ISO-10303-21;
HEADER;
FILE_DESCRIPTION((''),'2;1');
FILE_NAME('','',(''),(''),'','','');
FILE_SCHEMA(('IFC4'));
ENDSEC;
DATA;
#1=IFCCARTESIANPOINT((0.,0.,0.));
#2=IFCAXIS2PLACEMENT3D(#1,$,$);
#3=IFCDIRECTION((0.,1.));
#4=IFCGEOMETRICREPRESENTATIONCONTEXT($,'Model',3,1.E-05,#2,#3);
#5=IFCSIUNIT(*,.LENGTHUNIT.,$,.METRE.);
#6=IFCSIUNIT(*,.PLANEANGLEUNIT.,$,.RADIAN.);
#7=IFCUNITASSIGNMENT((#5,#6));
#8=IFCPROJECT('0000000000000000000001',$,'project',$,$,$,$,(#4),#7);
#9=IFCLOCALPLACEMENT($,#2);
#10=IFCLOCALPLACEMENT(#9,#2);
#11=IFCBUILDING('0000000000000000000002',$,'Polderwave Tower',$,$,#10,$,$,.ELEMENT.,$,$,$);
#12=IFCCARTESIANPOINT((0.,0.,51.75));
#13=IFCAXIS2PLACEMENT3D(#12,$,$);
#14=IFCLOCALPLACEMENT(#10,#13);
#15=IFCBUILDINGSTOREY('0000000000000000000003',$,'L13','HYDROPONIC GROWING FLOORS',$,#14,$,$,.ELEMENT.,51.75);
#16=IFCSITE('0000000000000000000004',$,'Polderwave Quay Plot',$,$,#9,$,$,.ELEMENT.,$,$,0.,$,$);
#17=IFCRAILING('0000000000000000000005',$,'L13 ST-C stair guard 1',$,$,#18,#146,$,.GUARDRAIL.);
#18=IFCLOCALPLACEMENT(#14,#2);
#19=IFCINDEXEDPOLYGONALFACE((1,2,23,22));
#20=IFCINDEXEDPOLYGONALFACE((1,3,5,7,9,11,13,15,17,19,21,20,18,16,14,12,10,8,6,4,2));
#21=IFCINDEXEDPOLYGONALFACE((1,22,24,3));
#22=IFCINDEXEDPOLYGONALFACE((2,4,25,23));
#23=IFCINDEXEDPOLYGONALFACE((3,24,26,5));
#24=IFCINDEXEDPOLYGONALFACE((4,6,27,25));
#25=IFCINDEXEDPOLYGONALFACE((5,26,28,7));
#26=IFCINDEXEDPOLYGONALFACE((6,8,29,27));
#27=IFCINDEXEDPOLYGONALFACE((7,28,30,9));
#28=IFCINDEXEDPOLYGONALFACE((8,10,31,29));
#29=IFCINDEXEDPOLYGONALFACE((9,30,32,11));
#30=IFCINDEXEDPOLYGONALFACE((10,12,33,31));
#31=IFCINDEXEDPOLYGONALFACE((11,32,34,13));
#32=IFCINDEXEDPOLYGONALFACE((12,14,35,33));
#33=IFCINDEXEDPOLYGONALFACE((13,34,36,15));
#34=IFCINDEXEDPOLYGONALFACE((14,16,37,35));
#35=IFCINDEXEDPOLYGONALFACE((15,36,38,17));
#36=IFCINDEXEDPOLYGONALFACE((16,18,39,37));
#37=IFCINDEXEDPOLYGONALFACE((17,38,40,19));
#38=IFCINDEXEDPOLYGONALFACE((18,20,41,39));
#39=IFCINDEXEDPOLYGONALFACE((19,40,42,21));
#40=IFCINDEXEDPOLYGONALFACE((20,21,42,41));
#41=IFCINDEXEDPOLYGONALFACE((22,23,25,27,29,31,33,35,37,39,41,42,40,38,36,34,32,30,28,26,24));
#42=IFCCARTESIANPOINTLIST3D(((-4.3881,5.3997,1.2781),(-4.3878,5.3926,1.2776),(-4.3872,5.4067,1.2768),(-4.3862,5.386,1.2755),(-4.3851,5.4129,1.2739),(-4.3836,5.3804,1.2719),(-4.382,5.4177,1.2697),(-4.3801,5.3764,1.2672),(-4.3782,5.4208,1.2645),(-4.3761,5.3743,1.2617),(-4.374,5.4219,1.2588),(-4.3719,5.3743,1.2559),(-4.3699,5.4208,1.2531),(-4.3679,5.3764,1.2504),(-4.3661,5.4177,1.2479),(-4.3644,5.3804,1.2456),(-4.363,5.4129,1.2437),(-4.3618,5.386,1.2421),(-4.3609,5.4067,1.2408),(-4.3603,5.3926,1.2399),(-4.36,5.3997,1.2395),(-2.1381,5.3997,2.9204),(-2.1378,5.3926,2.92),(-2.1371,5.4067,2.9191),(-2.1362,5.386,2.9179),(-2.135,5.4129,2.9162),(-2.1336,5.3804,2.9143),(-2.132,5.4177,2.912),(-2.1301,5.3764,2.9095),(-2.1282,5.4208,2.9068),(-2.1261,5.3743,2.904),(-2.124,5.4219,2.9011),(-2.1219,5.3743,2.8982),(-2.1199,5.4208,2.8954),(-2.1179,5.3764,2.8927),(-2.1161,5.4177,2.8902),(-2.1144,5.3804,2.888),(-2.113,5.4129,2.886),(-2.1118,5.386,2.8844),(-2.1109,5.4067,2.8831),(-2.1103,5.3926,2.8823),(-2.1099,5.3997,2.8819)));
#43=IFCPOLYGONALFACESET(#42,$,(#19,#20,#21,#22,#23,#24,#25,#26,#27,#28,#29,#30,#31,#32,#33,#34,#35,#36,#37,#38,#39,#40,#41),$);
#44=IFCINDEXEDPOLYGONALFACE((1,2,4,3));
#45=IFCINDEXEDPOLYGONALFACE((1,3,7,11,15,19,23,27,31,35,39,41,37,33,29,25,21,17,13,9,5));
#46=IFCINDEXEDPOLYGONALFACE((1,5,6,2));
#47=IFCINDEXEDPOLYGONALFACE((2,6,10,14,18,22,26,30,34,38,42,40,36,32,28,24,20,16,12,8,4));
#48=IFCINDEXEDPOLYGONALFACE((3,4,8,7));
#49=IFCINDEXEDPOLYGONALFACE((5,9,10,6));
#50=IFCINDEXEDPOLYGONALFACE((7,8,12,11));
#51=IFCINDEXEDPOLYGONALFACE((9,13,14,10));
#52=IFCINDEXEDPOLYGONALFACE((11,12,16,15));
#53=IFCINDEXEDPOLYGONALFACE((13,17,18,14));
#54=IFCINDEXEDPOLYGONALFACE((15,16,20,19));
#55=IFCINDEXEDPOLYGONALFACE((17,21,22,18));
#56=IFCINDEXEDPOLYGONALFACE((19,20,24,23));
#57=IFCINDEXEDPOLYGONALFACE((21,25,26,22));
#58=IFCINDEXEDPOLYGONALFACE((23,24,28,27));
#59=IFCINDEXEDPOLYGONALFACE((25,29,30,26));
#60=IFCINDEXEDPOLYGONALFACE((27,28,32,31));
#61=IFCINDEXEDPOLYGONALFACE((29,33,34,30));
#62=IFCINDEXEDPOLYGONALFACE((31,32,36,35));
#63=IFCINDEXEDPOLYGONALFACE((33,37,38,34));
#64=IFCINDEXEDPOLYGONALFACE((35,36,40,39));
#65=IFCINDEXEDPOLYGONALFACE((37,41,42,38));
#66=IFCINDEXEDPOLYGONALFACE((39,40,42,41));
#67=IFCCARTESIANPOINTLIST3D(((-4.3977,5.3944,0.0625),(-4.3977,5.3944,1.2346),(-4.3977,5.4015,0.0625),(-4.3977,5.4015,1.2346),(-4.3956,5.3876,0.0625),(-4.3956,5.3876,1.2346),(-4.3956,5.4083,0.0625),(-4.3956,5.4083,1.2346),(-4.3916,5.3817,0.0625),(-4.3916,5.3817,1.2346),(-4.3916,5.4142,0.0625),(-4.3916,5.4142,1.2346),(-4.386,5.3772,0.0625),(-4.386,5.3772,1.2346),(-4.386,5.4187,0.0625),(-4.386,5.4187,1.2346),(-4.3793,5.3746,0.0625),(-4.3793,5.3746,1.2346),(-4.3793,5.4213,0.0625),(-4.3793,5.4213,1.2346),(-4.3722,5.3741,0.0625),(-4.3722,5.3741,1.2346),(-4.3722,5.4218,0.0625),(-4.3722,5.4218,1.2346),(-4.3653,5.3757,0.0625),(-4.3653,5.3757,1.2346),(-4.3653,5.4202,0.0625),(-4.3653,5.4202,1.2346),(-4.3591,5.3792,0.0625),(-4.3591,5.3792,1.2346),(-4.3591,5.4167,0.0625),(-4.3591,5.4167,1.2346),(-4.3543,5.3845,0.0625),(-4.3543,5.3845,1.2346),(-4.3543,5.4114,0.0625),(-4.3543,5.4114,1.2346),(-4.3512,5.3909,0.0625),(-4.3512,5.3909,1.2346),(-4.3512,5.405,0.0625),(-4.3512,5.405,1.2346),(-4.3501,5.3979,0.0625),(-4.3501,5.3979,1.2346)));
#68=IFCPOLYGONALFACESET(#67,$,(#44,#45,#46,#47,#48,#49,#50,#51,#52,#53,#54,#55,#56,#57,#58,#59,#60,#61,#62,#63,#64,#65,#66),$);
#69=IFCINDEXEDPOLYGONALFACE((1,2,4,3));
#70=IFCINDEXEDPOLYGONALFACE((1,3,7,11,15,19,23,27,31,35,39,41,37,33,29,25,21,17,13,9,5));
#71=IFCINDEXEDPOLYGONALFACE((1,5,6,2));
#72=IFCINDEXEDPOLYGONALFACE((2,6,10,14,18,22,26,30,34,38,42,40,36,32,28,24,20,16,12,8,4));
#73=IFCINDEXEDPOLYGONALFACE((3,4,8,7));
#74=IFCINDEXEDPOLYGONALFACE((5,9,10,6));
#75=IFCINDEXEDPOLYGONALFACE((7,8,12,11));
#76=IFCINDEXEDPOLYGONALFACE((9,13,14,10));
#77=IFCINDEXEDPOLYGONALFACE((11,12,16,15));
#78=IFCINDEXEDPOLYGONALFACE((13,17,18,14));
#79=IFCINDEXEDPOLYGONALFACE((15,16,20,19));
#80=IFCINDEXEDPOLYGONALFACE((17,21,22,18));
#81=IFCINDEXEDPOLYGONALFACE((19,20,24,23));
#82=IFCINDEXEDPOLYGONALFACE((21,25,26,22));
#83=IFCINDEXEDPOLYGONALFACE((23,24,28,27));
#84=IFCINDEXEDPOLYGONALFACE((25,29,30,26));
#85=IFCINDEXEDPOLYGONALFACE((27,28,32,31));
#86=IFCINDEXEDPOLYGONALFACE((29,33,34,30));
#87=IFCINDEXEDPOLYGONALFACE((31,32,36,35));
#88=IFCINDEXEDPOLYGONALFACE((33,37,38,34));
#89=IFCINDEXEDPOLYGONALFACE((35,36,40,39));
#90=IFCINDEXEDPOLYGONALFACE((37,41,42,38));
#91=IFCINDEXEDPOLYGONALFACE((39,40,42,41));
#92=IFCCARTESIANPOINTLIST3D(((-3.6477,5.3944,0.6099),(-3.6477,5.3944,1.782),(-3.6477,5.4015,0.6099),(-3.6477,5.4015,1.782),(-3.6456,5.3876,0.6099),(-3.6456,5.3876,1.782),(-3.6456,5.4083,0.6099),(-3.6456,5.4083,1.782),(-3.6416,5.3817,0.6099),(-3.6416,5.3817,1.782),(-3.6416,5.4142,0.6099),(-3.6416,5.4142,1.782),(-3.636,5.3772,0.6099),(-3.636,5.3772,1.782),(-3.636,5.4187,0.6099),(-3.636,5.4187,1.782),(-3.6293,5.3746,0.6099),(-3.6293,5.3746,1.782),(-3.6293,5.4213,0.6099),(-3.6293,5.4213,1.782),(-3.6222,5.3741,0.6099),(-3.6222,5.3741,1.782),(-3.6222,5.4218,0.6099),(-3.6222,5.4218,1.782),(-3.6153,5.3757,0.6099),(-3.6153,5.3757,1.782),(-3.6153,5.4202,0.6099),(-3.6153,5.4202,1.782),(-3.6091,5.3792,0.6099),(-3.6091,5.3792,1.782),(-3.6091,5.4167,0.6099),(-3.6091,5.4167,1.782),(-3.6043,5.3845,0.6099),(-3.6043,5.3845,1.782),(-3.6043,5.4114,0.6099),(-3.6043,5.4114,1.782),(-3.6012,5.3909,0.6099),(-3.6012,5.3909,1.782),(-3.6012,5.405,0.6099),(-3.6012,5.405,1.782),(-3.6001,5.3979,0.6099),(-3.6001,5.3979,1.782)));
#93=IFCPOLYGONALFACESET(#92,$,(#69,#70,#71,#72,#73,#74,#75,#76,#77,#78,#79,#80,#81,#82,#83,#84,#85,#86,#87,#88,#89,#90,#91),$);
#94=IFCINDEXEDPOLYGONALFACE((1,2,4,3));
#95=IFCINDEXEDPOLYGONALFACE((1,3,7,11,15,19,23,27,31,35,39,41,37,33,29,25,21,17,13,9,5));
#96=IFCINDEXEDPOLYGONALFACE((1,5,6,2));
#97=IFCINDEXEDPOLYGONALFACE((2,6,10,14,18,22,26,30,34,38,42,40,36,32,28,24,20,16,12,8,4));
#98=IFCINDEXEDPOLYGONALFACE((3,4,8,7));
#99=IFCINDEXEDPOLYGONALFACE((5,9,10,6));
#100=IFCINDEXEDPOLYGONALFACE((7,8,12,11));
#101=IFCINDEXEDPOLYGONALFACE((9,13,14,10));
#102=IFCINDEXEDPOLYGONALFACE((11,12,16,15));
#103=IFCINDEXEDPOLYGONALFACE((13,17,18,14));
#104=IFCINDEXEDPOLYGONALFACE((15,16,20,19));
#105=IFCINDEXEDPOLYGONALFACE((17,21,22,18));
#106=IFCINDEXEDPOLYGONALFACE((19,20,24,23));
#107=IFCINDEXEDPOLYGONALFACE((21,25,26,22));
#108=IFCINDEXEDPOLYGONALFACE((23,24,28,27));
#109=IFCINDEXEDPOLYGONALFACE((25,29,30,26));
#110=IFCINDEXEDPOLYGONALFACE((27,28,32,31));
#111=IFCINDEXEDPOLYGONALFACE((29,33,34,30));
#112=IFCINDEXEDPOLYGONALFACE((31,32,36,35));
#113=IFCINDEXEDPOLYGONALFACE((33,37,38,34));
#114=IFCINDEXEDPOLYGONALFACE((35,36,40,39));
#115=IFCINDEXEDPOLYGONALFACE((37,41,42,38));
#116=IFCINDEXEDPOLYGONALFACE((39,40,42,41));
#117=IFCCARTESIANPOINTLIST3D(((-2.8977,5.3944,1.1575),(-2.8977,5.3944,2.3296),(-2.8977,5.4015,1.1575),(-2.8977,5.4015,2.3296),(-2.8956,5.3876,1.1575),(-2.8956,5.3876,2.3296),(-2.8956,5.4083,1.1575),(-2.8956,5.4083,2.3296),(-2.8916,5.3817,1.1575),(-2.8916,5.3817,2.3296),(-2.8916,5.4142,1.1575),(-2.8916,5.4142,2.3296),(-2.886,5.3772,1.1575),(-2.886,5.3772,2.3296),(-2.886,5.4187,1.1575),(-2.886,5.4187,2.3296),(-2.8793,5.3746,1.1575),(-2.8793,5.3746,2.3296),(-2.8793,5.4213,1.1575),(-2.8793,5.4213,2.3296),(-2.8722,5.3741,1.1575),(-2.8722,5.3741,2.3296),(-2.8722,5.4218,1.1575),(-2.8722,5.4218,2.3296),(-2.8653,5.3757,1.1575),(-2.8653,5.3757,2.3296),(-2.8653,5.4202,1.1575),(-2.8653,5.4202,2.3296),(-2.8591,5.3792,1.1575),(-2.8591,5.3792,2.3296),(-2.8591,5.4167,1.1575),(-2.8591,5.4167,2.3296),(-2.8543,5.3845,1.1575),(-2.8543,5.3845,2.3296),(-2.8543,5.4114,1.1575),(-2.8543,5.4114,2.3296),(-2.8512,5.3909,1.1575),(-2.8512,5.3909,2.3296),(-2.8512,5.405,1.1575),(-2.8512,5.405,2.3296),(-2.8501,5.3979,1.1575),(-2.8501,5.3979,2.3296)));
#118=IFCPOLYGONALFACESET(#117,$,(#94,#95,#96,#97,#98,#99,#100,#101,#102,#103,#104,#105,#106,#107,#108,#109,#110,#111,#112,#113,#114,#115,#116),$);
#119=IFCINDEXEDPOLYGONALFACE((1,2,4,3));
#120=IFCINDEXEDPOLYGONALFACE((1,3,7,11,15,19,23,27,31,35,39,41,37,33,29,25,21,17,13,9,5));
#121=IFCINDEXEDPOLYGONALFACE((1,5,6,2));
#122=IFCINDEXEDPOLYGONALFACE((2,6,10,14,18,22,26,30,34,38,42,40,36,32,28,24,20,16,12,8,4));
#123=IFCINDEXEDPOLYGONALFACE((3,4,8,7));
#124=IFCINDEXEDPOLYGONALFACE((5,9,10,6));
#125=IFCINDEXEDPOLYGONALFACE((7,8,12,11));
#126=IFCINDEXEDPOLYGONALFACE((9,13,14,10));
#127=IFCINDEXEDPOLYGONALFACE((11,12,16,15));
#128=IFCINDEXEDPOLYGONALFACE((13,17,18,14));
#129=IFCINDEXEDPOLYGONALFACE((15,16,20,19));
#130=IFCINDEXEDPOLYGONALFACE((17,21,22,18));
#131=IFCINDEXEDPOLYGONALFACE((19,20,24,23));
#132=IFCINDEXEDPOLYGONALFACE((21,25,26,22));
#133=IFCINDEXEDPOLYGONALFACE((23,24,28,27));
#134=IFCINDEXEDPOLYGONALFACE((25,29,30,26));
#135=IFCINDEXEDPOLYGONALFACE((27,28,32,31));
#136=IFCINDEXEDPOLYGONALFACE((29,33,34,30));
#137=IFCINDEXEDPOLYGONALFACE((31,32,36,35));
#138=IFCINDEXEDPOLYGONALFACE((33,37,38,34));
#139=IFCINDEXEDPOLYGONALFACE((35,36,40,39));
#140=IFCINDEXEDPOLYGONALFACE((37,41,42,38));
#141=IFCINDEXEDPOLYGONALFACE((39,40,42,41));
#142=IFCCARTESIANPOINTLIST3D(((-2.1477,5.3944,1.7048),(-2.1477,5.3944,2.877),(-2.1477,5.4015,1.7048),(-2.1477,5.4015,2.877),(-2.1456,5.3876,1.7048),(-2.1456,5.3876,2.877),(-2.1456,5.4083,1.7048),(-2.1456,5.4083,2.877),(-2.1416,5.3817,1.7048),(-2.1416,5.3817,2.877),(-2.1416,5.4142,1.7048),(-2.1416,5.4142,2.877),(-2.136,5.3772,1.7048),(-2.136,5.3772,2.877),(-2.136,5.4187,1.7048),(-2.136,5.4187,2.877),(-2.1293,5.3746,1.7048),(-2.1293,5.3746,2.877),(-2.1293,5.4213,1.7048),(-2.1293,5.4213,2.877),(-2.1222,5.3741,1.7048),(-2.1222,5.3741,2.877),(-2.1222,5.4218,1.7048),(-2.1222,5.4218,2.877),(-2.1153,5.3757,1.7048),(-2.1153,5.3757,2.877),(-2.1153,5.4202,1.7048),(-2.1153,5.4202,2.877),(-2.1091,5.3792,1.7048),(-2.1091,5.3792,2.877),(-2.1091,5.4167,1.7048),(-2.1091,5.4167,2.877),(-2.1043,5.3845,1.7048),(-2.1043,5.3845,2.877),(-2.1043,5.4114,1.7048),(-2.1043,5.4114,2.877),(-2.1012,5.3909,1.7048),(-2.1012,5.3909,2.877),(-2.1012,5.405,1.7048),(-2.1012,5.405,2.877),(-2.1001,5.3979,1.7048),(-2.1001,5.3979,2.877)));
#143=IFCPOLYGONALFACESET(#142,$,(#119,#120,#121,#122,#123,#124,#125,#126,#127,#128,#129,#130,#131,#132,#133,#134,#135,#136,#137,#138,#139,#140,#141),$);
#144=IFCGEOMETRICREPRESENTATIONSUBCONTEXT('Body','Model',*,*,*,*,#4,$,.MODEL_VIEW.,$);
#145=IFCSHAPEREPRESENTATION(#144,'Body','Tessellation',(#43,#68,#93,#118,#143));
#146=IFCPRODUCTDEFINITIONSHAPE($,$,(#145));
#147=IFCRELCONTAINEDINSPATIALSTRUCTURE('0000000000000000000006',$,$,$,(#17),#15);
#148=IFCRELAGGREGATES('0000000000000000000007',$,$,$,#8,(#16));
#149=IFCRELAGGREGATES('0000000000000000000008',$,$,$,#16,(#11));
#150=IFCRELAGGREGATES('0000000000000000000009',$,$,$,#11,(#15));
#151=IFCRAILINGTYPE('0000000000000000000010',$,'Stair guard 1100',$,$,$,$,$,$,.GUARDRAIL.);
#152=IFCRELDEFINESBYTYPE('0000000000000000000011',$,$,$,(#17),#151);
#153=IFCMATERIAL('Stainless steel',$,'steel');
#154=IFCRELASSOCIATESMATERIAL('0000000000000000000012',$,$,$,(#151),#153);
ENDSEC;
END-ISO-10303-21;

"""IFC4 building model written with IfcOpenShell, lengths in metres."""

from ifc_helpers import new_model, si_unit, direction, frame, origin, origin_2d, place, context, subcontext, project, spatial, circle, extrude, material, type_object, element, save


model = new_model("IFC4")

# Units and contexts
model_context = context("Model", 3, precision=1e-05, world=origin(), true_north=direction((0.0, 1.0)))
body_context = subcontext(model_context, "Body", "Model", "MODEL_VIEW")
ifc_project = project(units=[si_unit("LENGTHUNIT", "METRE"), si_unit("PLANEANGLEUNIT", "RADIAN")], contexts=[model_context])

# Site, building, storey
site_placement = place(None, origin())
site = spatial("IfcSite", under=ifc_project, at=site_placement, Name="Polderwave Quay Plot", CompositionType="ELEMENT", RefElevation=0.0)
building_placement = place(site_placement, origin())
building = spatial("IfcBuilding", under=site, at=building_placement, Name="Polderwave Tower", CompositionType="ELEMENT")
storey_placement = place(building_placement, frame((0.0, 0.0, 51.75)))
storey = spatial("IfcBuildingStorey", under=building, at=storey_placement, Name="L13", Description="HYDROPONIC GROWING FLOORS", CompositionType="ELEMENT", Elevation=51.75)

# Railing
ifc_material_1 = material(Name="Stainless steel", Category="steel")
railing_type_1 = type_object("IfcRailingType", Name="Stair guard 1100", PredefinedType="GUARDRAIL", material=ifc_material_1)
railing_1_placement = place(storey_placement, frame((-4.374, 5.3979, 0.0625)))
element("IfcRailing", 1, at=railing_1_placement, inside=storey, type_object=railing_type_1, Name="L13 ST-C stair guard 1", PredefinedType="GUARDRAIL", context=body_context, shape_type="SweptSolid", body=[
    extrude(circle(Radius=0.0239, at=origin_2d()), frame((0.0, 0.0, 1.1963), z_axis=(0.807715, 0.0, 0.589573), x_axis=(0.0, 1.0, 0.0)), (0.0, 0.0, 1.0), 2.7856),
    extrude(circle(Radius=0.0239, at=origin_2d()), origin(), (0.0, 0.0, 1.0), 1.1721),
    extrude(circle(Radius=0.0239, at=origin_2d()), frame((0.75, 0.0, 0.5474)), (0.0, 0.0, 1.0), 1.1721),
    extrude(circle(Radius=0.0239, at=origin_2d()), frame((1.5, 0.0, 1.095)), (0.0, 0.0, 1.0), 1.1721),
    extrude(circle(Radius=0.0239, at=origin_2d()), frame((2.25, 0.0, 1.6423)), (0.0, 0.0, 1.0), 1.1721),
])

save(model, "model.ifc")
